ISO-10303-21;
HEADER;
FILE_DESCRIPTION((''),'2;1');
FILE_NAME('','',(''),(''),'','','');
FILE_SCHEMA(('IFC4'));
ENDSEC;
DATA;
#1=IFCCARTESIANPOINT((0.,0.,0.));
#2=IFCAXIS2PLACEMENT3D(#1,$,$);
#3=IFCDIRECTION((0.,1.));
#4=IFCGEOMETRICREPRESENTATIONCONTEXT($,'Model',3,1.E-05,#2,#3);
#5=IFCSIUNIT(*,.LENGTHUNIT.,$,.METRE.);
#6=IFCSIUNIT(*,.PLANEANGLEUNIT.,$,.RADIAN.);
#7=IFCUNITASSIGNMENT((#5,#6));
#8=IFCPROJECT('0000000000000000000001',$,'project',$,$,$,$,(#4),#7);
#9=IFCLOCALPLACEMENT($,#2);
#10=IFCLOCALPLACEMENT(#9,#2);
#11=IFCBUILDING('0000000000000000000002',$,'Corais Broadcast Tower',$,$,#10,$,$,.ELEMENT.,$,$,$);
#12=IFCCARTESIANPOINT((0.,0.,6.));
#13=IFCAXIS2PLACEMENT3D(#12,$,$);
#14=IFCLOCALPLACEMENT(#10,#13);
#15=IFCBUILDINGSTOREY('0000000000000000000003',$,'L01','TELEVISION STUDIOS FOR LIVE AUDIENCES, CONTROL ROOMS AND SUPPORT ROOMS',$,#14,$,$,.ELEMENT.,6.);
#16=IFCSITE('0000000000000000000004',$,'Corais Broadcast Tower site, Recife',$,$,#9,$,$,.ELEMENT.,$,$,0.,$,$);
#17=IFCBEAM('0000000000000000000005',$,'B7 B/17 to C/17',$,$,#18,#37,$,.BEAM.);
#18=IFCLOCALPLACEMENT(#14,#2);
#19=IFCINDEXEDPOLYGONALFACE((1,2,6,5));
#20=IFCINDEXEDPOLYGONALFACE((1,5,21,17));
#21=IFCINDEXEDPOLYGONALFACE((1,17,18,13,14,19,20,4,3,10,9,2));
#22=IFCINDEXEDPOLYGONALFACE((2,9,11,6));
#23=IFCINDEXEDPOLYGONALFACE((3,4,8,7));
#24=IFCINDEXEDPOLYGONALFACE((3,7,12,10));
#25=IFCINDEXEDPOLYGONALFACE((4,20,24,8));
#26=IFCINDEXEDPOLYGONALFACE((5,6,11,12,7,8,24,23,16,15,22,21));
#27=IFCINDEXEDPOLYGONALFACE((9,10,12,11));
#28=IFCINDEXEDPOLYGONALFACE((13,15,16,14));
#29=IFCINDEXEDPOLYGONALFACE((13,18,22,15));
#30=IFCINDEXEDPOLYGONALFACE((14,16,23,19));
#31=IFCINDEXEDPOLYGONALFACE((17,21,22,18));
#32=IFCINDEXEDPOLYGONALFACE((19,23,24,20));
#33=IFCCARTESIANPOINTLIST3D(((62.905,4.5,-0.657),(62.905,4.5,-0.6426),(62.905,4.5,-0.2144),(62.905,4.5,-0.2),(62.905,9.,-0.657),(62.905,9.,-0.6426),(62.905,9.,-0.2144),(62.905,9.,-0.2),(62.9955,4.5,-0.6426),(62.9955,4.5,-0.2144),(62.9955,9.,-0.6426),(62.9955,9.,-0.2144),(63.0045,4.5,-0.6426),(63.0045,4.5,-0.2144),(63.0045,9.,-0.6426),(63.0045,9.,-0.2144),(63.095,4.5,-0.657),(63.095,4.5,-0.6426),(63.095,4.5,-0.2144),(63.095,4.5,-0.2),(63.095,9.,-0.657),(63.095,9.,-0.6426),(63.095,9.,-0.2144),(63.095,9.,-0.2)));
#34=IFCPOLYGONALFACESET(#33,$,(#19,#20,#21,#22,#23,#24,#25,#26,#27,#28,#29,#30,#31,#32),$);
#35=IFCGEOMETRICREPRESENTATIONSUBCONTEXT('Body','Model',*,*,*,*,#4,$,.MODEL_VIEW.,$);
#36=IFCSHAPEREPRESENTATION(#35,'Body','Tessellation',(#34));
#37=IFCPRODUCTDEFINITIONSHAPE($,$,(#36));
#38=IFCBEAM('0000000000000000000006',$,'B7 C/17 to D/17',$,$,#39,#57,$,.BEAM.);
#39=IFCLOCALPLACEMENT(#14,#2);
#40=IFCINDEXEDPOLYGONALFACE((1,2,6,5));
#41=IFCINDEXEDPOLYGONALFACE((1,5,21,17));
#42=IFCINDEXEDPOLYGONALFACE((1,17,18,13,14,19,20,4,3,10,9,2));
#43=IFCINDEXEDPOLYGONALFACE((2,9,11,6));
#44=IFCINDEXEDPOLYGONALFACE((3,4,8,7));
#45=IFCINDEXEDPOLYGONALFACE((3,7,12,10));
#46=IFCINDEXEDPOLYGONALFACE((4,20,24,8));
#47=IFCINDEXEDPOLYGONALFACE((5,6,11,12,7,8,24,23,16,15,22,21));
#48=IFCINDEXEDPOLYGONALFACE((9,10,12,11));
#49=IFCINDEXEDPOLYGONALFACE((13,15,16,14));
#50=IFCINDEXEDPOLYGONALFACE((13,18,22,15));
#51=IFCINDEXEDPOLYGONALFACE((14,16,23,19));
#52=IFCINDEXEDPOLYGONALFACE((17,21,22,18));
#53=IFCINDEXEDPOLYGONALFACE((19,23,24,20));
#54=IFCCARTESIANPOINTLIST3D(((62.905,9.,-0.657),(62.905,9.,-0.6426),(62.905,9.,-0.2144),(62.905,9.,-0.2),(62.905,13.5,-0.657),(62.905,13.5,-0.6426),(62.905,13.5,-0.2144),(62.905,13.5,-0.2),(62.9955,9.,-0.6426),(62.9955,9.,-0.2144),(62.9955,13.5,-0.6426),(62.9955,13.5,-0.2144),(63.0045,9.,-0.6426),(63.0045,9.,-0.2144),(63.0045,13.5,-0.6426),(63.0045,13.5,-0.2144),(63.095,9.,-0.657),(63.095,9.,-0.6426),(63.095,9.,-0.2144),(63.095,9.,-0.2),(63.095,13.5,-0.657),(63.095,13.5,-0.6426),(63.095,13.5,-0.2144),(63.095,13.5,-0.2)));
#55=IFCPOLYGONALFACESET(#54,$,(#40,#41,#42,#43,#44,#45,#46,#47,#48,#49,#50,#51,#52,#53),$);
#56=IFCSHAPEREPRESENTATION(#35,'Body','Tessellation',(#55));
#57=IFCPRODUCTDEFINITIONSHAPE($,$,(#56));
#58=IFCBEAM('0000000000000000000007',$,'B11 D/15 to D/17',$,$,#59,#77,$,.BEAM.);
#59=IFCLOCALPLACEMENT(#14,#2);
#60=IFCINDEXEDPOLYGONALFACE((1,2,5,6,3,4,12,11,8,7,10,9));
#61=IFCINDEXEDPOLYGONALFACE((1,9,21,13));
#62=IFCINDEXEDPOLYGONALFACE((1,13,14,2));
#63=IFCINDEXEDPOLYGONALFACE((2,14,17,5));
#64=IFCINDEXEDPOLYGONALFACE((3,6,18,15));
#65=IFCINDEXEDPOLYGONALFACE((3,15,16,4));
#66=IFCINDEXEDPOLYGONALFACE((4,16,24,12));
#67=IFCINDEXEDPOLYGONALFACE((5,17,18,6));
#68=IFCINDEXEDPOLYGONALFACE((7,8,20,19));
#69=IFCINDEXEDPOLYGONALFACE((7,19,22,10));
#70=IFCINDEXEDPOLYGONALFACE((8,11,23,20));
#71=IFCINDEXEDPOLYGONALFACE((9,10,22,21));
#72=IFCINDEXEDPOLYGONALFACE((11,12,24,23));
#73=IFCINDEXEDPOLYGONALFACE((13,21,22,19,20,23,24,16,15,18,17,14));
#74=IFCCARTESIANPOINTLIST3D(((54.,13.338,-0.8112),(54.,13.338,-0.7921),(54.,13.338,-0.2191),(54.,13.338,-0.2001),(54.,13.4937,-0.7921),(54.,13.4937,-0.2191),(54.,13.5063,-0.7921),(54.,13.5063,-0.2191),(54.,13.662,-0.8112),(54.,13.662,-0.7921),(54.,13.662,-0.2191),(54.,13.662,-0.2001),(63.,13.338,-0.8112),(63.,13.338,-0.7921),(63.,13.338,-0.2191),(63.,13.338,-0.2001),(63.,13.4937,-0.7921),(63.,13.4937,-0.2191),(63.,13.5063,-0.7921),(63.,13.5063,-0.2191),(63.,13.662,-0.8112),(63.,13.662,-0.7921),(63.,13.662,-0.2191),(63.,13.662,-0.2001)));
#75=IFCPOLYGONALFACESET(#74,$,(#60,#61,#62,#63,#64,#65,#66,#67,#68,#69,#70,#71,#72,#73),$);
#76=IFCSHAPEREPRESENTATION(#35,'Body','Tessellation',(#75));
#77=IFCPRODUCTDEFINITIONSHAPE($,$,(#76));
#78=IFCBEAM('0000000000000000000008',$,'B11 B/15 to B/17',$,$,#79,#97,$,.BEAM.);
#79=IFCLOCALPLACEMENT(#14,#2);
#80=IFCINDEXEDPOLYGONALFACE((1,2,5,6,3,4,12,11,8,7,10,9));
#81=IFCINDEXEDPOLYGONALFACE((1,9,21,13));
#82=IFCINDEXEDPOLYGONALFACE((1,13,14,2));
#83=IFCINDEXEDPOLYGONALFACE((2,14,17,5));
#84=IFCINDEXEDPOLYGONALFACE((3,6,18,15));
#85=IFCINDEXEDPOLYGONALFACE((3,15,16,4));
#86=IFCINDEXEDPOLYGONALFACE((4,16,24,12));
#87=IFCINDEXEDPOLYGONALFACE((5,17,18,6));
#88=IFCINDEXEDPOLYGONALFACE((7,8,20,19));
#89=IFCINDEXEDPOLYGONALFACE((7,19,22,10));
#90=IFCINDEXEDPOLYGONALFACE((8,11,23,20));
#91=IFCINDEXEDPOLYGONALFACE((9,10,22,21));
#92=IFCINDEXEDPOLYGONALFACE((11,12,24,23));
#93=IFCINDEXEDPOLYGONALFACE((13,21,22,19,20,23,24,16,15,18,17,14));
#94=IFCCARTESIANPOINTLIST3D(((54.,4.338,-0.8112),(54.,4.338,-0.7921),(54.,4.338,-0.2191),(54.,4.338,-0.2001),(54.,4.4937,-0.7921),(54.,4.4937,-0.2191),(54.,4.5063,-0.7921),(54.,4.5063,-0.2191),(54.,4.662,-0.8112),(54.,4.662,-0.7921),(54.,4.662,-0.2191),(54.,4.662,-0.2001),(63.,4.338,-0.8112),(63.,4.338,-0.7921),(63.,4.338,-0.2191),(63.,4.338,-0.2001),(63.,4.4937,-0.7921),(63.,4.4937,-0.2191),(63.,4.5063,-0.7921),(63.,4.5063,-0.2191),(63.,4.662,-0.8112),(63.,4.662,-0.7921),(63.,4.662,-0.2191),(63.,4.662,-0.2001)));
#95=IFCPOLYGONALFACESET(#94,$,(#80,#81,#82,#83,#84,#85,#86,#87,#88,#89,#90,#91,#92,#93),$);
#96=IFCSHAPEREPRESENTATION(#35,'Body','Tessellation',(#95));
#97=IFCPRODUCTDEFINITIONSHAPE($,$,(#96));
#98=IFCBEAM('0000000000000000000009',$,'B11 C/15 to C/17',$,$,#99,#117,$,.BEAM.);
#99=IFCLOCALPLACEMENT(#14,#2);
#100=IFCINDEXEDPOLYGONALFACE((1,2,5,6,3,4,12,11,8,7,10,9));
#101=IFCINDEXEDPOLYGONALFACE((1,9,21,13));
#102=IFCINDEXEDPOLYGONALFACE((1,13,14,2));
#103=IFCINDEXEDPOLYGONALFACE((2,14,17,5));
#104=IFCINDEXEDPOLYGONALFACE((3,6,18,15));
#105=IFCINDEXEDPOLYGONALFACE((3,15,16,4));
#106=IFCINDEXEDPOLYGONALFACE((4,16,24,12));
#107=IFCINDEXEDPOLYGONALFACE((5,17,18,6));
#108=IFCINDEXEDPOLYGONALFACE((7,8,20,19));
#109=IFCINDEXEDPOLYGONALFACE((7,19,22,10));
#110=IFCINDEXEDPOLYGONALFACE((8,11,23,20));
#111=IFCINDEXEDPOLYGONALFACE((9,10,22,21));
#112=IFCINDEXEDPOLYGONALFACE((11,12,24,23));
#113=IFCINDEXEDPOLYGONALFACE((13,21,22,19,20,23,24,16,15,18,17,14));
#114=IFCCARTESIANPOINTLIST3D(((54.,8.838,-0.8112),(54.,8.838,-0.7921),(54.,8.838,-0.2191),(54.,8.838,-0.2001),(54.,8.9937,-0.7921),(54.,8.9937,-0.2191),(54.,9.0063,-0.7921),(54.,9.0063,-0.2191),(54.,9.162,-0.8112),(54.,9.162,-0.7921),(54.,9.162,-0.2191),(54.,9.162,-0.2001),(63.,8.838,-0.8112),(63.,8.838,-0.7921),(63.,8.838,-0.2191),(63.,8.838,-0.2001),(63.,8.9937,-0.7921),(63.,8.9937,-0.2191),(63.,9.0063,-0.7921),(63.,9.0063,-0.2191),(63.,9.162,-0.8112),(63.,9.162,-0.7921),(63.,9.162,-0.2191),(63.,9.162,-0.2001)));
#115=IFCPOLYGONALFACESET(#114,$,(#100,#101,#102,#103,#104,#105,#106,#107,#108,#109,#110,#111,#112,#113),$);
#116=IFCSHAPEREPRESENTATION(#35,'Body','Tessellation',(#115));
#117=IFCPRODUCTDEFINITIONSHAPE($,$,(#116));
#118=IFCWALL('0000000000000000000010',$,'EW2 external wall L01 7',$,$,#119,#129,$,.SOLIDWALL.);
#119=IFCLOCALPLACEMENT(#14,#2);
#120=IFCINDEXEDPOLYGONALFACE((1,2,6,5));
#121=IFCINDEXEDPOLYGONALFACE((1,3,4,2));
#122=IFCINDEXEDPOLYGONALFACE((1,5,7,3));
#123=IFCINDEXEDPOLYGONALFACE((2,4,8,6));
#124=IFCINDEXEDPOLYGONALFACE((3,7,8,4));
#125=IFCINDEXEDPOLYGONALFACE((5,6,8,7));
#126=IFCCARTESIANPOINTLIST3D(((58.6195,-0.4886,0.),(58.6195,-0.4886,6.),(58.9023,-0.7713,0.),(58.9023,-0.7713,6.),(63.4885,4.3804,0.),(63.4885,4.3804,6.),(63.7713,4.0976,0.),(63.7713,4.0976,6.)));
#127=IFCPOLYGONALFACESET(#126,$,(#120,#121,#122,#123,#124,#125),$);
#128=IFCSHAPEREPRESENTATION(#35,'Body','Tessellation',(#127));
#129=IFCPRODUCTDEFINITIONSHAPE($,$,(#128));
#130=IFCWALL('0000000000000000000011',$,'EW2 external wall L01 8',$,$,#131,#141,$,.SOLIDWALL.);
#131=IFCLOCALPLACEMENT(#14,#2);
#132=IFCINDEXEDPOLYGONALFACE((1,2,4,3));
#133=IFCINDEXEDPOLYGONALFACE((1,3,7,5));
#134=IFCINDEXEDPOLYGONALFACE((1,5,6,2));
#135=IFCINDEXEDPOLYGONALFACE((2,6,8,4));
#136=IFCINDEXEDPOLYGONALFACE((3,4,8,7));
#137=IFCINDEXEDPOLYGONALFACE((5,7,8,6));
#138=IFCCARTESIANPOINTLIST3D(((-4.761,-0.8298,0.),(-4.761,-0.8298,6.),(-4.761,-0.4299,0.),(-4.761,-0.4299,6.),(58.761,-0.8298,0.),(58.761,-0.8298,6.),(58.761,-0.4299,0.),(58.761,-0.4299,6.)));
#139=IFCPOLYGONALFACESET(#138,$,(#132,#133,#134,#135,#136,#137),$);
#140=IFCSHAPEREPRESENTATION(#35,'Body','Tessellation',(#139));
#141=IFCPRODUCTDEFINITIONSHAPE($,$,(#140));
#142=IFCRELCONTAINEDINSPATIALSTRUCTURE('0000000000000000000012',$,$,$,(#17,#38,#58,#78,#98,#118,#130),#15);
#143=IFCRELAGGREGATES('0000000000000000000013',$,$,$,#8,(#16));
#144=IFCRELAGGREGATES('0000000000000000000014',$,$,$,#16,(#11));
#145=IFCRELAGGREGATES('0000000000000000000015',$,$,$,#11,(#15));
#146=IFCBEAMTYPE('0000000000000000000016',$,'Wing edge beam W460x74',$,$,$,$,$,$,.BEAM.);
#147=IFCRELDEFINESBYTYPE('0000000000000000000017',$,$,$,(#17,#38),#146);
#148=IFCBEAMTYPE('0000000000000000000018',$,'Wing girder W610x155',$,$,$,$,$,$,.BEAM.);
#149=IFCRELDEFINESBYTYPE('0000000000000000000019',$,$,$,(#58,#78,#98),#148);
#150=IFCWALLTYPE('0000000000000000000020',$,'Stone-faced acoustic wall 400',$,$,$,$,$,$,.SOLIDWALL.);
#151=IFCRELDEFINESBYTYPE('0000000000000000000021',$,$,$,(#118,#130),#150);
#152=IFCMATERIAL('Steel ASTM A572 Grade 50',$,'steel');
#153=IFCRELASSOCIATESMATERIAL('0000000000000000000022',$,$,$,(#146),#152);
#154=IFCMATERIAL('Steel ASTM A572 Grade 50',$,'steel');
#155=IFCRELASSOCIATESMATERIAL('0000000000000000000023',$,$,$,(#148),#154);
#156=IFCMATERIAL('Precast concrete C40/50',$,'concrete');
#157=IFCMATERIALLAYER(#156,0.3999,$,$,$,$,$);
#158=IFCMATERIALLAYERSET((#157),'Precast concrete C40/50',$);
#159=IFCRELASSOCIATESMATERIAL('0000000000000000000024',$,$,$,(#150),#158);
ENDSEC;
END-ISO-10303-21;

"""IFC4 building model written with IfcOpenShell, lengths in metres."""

from ifc_helpers import new_model, si_unit, direction, frame, frame_2d, origin, origin_2d, place, context, subcontext, project, spatial, rectangle, i_section, extrude, material, layer, layer_set, material_profile, profile_set, type_object, element, save


model = new_model("IFC4")

# Units and contexts
model_context = context("Model", 3, precision=1e-05, world=origin(), true_north=direction((0.0, 1.0)))
body_context = subcontext(model_context, "Body", "Model", "MODEL_VIEW")
ifc_project = project(units=[si_unit("LENGTHUNIT", "METRE"), si_unit("PLANEANGLEUNIT", "RADIAN")], contexts=[model_context])

# Site, building, storey
site_placement = place(None, origin())
site = spatial("IfcSite", under=ifc_project, at=site_placement, Name="Corais Broadcast Tower site, Recife", CompositionType="ELEMENT", RefElevation=0.0)
building_placement = place(site_placement, origin())
building = spatial("IfcBuilding", under=site, at=building_placement, Name="Corais Broadcast Tower", CompositionType="ELEMENT")
storey_placement = place(building_placement, frame((0.0, 0.0, 6.0)))
storey = spatial("IfcBuildingStorey", under=building, at=storey_placement, Name="L01", Description="TELEVISION STUDIOS FOR LIVE AUDIENCES, CONTROL ROOMS AND SUPPORT ROOMS", CompositionType="ELEMENT", Elevation=6.0)

# Beams
ifc_material_1 = material(Name="Steel ASTM A572 Grade 50", Category="steel")
ifc_material_profile_1 = material_profile(ifc_material_1, i_section(OverallWidth=0.1899, OverallDepth=0.457, WebThickness=0.009, FlangeThickness=0.0144, at=origin_2d()), Name="W460x74")
ifc_profile_set_1 = profile_set([ifc_material_profile_1], Name="Steel ASTM A572 Grade 50")
beam_type_1 = type_object("IfcBeamType", Name="Wing edge beam W460x74", PredefinedType="BEAM", material=ifc_profile_set_1)
for number, where, z_axis, x_axis, name in (
    (1, (63.0, 4.5, -0.4285), (0.0, 1.0, 0.0), (-1.0, 0.0, 0.0), "B7 B/17 to C/17"),
    (2, (63.0, 9.0, -0.4285), (0.0, 1.0, 0.0), (-1.0, 0.0, 0.0), "B7 C/17 to D/17"),
):
    element("IfcBeam", number, at=place(storey_placement, frame(where, z_axis=z_axis, x_axis=x_axis)), inside=storey, type_object=beam_type_1, Name=name, PredefinedType="BEAM", context=body_context, shape_type="SweptSolid", body=[
        extrude(i_section(OverallWidth=0.1899, OverallDepth=0.457, WebThickness=0.009, FlangeThickness=0.0144, at=origin_2d()), origin(), (0.0, 0.0, 1.0), 4.5),
    ])
ifc_material_2 = material(Name="Steel ASTM A572 Grade 50", Category="steel")
ifc_material_profile_2 = material_profile(ifc_material_2, i_section(OverallWidth=0.324, OverallDepth=0.6111, WebThickness=0.0127, FlangeThickness=0.019, at=origin_2d()), Name="W610x155")
ifc_profile_set_2 = profile_set([ifc_material_profile_2], Name="Steel ASTM A572 Grade 50")
beam_type_2 = type_object("IfcBeamType", Name="Wing girder W610x155", PredefinedType="BEAM", material=ifc_profile_set_2)
for number, where, z_axis, x_axis, name in (
    (3, (54.0, 13.5, -0.5056), (1.0, 0.0, 0.0), (0.0, 1.0, 0.0), "B11 D/15 to D/17"),
    (4, (54.0, 4.5, -0.5056), (1.0, 0.0, 0.0), (0.0, 1.0, 0.0), "B11 B/15 to B/17"),
    (5, (54.0, 9.0, -0.5056), (1.0, 0.0, 0.0), (0.0, 1.0, 0.0), "B11 C/15 to C/17"),
):
    element("IfcBeam", number, at=place(storey_placement, frame(where, z_axis=z_axis, x_axis=x_axis)), inside=storey, type_object=beam_type_2, Name=name, PredefinedType="BEAM", context=body_context, shape_type="SweptSolid", body=[
        extrude(i_section(OverallWidth=0.324, OverallDepth=0.6111, WebThickness=0.0127, FlangeThickness=0.019, at=origin_2d()), origin(), (0.0, 0.0, 1.0), 9.0),
    ])

# Walls
ifc_material_3 = material(Name="Precast concrete C40/50", Category="concrete")
ifc_layer = layer(ifc_material_3, 0.3999)
ifc_layer_set = layer_set([ifc_layer], Name="Precast concrete C40/50")
wall_type = type_object("IfcWallType", Name="Stone-faced acoustic wall 400", PredefinedType="SOLIDWALL", material=ifc_layer_set)
wall_1_placement = place(storey_placement, frame((63.6299, 4.239, 0.0), z_axis=(0.0, 0.0, 1.0), x_axis=(-0.707107, -0.707107, 0.0)))
element("IfcWall", 6, at=wall_1_placement, inside=storey, type_object=wall_type, Name="EW2 external wall L01 7", PredefinedType="SOLIDWALL", context=body_context, shape_type="SweptSolid", body=[
    extrude(rectangle(XDim=6.8857, YDim=0.3999, at=frame_2d((3.4429, 0.0))), origin(), (0.0, 0.0, 1.0), 6.0),
])
wall_2_placement = place(storey_placement, frame((58.761, -0.6299, 0.0), z_axis=(0.0, 0.0, 1.0), x_axis=(-1.0, 0.0, 0.0)))
element("IfcWall", 7, at=wall_2_placement, inside=storey, type_object=wall_type, Name="EW2 external wall L01 8", PredefinedType="SOLIDWALL", context=body_context, shape_type="SweptSolid", body=[
    extrude(rectangle(XDim=63.522, YDim=0.3999, at=frame_2d((31.761, 0.0))), origin(), (0.0, 0.0, 1.0), 6.0),
])

save(model, "model.ifc")
